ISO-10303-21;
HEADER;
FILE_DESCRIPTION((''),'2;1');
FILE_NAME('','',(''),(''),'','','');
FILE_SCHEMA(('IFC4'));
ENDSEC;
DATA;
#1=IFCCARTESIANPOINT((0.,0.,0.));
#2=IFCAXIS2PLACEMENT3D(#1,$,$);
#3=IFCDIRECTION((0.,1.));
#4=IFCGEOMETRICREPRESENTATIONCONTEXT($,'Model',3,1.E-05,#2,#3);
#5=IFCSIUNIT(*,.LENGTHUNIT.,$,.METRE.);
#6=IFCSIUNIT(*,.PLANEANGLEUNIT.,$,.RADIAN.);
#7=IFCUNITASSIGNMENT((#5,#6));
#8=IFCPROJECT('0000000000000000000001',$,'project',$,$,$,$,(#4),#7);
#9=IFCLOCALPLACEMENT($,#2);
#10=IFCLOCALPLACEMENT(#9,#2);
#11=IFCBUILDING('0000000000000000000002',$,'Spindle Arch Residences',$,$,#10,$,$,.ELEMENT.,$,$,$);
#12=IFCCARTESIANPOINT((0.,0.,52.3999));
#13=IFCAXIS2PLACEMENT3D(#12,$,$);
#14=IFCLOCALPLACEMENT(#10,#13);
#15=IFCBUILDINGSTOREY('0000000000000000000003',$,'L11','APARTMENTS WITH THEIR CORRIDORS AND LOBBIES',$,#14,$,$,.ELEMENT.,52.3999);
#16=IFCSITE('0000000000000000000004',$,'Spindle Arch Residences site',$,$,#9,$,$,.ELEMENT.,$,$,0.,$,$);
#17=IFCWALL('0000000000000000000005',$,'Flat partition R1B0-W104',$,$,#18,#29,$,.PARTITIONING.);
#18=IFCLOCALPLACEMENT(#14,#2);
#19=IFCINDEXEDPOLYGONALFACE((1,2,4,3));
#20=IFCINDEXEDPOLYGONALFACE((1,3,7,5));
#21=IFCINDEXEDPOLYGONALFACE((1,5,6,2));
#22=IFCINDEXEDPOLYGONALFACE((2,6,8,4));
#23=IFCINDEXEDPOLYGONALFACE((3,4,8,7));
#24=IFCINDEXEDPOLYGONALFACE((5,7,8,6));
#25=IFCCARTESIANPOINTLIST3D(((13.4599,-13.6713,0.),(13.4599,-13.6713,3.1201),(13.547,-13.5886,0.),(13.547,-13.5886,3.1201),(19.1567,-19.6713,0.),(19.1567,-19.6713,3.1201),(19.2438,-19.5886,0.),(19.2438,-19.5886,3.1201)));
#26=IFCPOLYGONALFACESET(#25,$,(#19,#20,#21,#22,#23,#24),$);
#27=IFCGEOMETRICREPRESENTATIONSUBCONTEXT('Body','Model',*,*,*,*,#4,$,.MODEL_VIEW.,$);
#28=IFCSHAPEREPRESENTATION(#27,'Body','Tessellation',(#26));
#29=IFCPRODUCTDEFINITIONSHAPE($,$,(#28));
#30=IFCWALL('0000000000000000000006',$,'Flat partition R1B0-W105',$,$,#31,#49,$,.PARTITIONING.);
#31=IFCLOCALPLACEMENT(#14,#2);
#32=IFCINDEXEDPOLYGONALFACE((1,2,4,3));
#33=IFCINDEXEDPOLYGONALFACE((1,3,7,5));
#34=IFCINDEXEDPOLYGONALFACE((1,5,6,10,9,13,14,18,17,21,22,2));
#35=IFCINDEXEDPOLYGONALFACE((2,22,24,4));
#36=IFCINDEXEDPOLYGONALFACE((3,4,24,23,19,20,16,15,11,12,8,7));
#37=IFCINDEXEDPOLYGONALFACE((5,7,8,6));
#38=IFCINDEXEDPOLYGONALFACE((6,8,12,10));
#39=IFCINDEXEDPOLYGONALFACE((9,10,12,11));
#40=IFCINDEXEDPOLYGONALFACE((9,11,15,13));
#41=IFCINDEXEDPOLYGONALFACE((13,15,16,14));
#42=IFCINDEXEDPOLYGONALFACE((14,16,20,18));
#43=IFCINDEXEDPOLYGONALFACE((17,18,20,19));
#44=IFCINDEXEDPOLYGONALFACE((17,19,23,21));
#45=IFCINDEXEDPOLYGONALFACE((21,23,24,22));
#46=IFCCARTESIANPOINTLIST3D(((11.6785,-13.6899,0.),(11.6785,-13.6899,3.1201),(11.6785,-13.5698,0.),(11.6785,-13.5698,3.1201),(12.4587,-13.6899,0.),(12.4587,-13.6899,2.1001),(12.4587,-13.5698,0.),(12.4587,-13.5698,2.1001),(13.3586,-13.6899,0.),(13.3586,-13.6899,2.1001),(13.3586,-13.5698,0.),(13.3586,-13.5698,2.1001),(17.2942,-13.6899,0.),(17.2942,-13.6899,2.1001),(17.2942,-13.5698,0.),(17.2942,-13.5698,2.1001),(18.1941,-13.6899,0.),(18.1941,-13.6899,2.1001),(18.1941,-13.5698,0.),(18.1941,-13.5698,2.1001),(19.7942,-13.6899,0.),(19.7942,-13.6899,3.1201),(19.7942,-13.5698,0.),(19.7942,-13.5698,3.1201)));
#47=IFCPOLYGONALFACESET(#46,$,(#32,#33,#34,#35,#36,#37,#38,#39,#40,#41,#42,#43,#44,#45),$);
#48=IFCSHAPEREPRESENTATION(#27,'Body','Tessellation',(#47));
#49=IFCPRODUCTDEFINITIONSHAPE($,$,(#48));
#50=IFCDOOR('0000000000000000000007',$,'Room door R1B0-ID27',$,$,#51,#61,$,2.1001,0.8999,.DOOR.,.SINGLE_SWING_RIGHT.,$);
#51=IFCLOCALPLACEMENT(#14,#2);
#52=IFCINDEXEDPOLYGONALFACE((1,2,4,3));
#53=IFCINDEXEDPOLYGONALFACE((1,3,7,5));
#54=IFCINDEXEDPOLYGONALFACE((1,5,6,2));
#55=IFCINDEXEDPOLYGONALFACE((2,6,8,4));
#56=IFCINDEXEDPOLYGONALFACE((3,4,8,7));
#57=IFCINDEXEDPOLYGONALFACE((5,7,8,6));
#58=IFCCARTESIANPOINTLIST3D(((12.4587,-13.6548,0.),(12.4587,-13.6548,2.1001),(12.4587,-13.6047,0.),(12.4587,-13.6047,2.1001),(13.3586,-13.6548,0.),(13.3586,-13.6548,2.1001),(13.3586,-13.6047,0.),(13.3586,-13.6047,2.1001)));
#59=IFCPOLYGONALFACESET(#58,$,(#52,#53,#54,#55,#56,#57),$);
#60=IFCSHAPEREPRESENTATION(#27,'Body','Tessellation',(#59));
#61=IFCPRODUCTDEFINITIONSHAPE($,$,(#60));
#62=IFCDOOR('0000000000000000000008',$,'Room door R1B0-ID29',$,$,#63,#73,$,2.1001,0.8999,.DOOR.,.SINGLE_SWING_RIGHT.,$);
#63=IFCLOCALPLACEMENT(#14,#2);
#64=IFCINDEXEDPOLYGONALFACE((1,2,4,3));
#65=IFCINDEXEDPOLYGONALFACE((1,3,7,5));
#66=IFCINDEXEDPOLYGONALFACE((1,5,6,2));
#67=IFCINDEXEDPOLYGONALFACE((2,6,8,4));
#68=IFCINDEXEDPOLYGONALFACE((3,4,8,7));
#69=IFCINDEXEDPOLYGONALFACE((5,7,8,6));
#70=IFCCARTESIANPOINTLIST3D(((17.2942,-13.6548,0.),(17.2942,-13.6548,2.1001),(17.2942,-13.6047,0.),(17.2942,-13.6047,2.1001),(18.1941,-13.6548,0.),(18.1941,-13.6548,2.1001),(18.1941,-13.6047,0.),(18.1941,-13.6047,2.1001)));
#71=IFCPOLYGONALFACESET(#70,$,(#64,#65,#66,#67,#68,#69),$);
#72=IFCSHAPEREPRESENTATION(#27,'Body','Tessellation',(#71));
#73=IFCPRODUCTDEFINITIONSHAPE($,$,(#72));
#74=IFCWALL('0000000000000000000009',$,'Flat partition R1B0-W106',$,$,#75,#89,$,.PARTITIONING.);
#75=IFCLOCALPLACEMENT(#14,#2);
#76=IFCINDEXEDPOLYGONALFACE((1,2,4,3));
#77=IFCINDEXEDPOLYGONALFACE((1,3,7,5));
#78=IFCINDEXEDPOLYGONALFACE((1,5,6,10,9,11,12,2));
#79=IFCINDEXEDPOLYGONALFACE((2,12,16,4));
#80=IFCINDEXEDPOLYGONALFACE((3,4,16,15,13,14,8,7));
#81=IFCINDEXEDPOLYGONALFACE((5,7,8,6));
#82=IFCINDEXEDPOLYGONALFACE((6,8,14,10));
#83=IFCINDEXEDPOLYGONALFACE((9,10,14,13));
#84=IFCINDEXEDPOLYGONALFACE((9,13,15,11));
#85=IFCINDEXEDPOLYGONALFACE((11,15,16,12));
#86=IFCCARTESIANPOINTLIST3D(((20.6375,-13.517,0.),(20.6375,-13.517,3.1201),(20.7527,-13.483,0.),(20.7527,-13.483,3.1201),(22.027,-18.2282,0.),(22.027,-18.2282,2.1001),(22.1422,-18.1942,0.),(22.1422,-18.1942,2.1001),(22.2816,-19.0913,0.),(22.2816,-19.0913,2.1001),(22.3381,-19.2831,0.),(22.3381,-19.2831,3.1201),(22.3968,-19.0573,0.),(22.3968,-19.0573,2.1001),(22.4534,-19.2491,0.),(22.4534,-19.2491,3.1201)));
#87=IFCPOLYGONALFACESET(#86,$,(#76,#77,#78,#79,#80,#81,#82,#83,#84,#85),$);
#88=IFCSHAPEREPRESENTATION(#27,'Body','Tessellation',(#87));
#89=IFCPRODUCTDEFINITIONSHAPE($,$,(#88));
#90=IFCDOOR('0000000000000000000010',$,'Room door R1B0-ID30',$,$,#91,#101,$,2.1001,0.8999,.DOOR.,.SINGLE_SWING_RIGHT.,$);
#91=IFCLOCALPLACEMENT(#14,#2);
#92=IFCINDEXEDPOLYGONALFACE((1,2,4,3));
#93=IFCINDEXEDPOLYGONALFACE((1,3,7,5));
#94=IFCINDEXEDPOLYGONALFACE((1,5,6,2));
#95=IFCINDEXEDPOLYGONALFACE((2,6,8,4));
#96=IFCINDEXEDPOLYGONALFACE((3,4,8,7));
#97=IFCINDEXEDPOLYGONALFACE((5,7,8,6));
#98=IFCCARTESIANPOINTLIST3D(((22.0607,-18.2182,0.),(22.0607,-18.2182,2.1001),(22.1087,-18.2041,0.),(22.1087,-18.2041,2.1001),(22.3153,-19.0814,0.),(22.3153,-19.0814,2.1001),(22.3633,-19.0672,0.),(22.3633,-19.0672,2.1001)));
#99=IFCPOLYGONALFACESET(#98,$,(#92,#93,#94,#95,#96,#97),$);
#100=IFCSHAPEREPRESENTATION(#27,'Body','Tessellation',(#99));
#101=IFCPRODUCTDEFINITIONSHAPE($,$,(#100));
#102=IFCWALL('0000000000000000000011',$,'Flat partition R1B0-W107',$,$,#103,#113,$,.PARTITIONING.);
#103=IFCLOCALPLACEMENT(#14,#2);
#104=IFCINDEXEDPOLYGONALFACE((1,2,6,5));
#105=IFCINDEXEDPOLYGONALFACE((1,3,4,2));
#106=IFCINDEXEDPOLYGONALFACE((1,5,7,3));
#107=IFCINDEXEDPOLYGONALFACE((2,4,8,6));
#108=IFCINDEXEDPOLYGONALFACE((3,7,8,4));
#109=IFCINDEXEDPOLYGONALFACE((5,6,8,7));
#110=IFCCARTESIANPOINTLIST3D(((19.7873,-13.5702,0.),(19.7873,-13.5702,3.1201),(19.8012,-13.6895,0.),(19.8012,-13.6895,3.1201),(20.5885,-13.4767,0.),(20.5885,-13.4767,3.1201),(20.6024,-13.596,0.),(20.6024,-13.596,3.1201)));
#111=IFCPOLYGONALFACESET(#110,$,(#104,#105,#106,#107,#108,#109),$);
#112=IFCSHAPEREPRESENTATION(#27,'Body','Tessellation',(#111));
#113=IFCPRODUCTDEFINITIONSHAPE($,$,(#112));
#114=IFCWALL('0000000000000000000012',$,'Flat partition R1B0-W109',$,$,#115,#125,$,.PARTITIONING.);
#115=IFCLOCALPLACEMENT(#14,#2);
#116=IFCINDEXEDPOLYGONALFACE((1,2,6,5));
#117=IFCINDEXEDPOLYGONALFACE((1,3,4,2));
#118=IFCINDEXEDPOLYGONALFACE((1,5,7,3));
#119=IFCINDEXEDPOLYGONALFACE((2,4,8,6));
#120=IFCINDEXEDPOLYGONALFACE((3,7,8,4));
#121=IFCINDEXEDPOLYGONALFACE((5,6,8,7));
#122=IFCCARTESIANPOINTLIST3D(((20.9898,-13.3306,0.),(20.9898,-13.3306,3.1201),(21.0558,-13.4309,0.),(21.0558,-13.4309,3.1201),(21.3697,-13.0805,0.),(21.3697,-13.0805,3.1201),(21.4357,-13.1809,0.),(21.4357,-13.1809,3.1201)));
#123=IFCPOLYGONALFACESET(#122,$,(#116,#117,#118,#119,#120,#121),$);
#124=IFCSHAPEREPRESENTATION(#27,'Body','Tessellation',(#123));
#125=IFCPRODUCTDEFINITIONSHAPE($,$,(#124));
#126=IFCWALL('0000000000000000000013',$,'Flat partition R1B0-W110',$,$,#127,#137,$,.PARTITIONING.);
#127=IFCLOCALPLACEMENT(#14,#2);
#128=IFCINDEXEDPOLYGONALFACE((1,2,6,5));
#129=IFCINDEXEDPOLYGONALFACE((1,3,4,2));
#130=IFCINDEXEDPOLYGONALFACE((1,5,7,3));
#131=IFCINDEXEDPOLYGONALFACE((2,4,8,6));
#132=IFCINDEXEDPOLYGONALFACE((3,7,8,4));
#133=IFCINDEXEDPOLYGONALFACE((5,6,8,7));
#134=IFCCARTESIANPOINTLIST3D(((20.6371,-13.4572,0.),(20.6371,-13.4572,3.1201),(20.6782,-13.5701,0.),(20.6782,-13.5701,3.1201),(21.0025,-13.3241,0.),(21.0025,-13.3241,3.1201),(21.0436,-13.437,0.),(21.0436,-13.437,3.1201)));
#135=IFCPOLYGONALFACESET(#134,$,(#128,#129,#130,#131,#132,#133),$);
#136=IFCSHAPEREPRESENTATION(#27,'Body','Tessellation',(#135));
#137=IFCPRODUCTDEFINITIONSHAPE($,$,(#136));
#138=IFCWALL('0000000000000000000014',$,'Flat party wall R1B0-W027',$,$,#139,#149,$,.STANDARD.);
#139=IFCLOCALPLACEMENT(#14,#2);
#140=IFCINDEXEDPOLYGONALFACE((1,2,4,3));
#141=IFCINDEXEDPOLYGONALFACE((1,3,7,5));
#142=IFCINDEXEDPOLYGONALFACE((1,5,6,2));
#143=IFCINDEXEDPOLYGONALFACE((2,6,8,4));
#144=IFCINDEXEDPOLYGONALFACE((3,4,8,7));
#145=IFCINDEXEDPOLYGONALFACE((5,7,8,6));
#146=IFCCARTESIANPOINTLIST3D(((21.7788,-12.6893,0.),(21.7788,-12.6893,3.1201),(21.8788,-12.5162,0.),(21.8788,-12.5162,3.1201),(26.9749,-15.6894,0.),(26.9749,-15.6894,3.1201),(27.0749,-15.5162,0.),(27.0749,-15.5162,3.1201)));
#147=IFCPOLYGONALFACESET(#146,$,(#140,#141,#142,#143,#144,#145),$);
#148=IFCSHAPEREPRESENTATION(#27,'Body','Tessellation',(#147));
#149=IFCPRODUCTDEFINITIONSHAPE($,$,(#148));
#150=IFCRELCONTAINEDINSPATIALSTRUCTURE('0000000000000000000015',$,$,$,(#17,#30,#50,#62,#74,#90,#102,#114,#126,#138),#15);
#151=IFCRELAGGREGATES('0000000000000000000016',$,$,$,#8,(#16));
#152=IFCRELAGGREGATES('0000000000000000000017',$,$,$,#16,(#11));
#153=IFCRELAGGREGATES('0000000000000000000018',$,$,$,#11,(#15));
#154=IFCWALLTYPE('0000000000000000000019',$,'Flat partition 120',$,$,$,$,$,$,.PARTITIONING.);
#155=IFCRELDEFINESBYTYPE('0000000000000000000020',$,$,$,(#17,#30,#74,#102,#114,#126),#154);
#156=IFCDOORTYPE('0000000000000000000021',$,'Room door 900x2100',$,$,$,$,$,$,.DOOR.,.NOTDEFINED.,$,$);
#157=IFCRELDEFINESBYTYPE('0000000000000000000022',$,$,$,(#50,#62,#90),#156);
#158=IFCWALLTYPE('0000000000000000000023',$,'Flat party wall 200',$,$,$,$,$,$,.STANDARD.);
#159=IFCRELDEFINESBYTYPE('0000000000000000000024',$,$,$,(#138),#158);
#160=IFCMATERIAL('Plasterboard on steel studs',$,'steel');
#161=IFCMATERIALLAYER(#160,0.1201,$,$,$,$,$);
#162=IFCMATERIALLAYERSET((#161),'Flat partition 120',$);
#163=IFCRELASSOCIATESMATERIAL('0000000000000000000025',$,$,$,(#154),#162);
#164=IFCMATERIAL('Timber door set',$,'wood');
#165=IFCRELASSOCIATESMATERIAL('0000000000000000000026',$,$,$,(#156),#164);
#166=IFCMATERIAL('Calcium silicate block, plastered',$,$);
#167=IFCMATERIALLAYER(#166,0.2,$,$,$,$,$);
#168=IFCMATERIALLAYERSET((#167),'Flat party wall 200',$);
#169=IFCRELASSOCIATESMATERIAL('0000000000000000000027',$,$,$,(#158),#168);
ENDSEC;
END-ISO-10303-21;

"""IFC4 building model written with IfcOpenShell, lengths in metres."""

from ifc_helpers import new_model, si_unit, direction, frame, frame_2d, origin, place, context, subcontext, project, spatial, rectangle, extrude, material, layer, layer_set, type_object, element, fill, save


model = new_model("IFC4")

# Units and contexts
model_context = context("Model", 3, precision=1e-05, world=origin(), true_north=direction((0.0, 1.0)))
body_context = subcontext(model_context, "Body", "Model", "MODEL_VIEW")
ifc_project = project(units=[si_unit("LENGTHUNIT", "METRE"), si_unit("PLANEANGLEUNIT", "RADIAN")], contexts=[model_context])

# Site, building, storey
site_placement = place(None, origin())
site = spatial("IfcSite", under=ifc_project, at=site_placement, Name="Spindle Arch Residences site", CompositionType="ELEMENT", RefElevation=0.0)
building_placement = place(site_placement, origin())
building = spatial("IfcBuilding", under=site, at=building_placement, Name="Spindle Arch Residences", CompositionType="ELEMENT")
storey_placement = place(building_placement, frame((0.0, 0.0, 52.3999)))
storey = spatial("IfcBuildingStorey", under=building, at=storey_placement, Name="L11", Description="APARTMENTS WITH THEIR CORRIDORS AND LOBBIES", CompositionType="ELEMENT", Elevation=52.3999)

# Wall
ifc_material_1 = material(Name="Plasterboard on steel studs", Category="steel")
ifc_layer_1 = layer(ifc_material_1, 0.1201)
ifc_layer_set_1 = layer_set([ifc_layer_1], Name="Flat partition 120")
wall_type_1 = type_object("IfcWallType", Name="Flat partition 120", PredefinedType="PARTITIONING", material=ifc_layer_set_1)
wall_1_placement = place(storey_placement, frame((19.2002, -19.6299, 0.0), z_axis=(0.0, 0.0, 1.0), x_axis=(-0.688545, 0.725194, 0.0)))
element("IfcWall", 1, at=wall_1_placement, inside=storey, type_object=wall_type_1, Name="Flat partition R1B0-W104", PredefinedType="PARTITIONING", context=body_context, shape_type="SweptSolid", body=[
    extrude(rectangle(XDim=8.2737, YDim=0.1201, at=frame_2d((4.1367, 0.0))), origin(), (0.0, 0.0, 1.0), 3.1201),
])

# Wall, openings, doors
wall_2_placement = place(storey_placement, frame((19.7942, -13.6299, 0.0), z_axis=(0.0, 0.0, 1.0), x_axis=(-1.0, 0.0, 0.0)))
wall_2 = element("IfcWall", 2, at=wall_2_placement, inside=storey, type_object=wall_type_1, Name="Flat partition R1B0-W105", PredefinedType="PARTITIONING", context=body_context, shape_type="SweptSolid", body=[
    extrude(rectangle(XDim=8.1157, YDim=0.1201, at=frame_2d((4.0579, 0.0))), origin(), (0.0, 0.0, 1.0), 3.1201),
])
opening_1_placement = place(wall_2_placement, frame((6.4355, 0.0, 0.0)))
opening_1 = element("IfcOpeningElement", 3, at=opening_1_placement, cuts=wall_2, PredefinedType="OPENING", context=body_context, shape_type="SweptSolid", body=[
    extrude(rectangle(XDim=0.8999, YDim=2.1001, at=frame_2d((0.45, 1.05))), frame((0.0, 0.0701, 0.0), z_axis=(0.0, -1.0, 0.0), x_axis=(1.0, 0.0, 0.0)), (0.0, 0.0, 1.0), 0.1401),
])
opening_2_placement = place(wall_2_placement, frame((1.6001, 0.0, 0.0)))
opening_2 = element("IfcOpeningElement", 4, at=opening_2_placement, cuts=wall_2, PredefinedType="OPENING", context=body_context, shape_type="SweptSolid", body=[
    extrude(rectangle(XDim=0.8999, YDim=2.1001, at=frame_2d((0.45, 1.05))), frame((0.0, 0.0701, 0.0), z_axis=(0.0, -1.0, 0.0), x_axis=(1.0, 0.0, 0.0)), (0.0, 0.0, 1.0), 0.1401),
])
ifc_material_2 = material(Name="Timber door set", Category="wood")
door_type = type_object("IfcDoorType", Name="Room door 900x2100", OperationType="NOTDEFINED", PredefinedType="DOOR", material=ifc_material_2)
door_1_placement = place(opening_1_placement, origin())
door_1 = element("IfcDoor", 5, at=door_1_placement, inside=storey, type_object=door_type, Name="Room door R1B0-ID27", OperationType="SINGLE_SWING_RIGHT", OverallHeight=2.1001, OverallWidth=0.8999, PredefinedType="DOOR", context=body_context, shape_type="SweptSolid", body=[
    extrude(rectangle(XDim=0.8999, YDim=2.1001, at=frame_2d((0.45, 1.05))), frame((0.0, 0.0249, 0.0), z_axis=(0.0, -1.0, 0.0), x_axis=(1.0, 0.0, 0.0)), (0.0, 0.0, 1.0), 0.05),
])
fill(opening_1, door_1)
door_2_placement = place(opening_2_placement, origin())
door_2 = element("IfcDoor", 6, at=door_2_placement, inside=storey, type_object=door_type, Name="Room door R1B0-ID29", OperationType="SINGLE_SWING_RIGHT", OverallHeight=2.1001, OverallWidth=0.8999, PredefinedType="DOOR", context=body_context, shape_type="SweptSolid", body=[
    extrude(rectangle(XDim=0.8999, YDim=2.1001, at=frame_2d((0.45, 1.05))), frame((0.0, 0.0249, 0.0), z_axis=(0.0, -1.0, 0.0), x_axis=(1.0, 0.0, 0.0)), (0.0, 0.0, 1.0), 0.05),
])
fill(opening_2, door_2)

# Wall, opening, door
wall_3_placement = place(storey_placement, frame((22.3958, -19.2661, 0.0), z_axis=(0.0, 0.0, 1.0), x_axis=(-0.282896, 0.959151, 0.0)))
wall_3 = element("IfcWall", 7, at=wall_3_placement, inside=storey, type_object=wall_type_1, Name="Flat partition R1B0-W106", PredefinedType="PARTITIONING", context=body_context, shape_type="SweptSolid", body=[
    extrude(rectangle(XDim=6.0117, YDim=0.1201, at=frame_2d((3.0059, 0.0))), origin(), (0.0, 0.0, 1.0), 3.1201),
])
opening_3_placement = place(wall_3_placement, frame((0.2, 0.0, 0.0)))
opening_3 = element("IfcOpeningElement", 8, at=opening_3_placement, cuts=wall_3, PredefinedType="OPENING", context=body_context, shape_type="SweptSolid", body=[
    extrude(rectangle(XDim=0.8999, YDim=2.1001, at=frame_2d((0.45, 1.05))), frame((0.0, 0.0701, 0.0), z_axis=(0.0, -1.0, 0.0), x_axis=(1.0, 0.0, 0.0)), (0.0, 0.0, 1.0), 0.1401),
])
door_3_placement = place(opening_3_placement, origin())
door_3 = element("IfcDoor", 9, at=door_3_placement, inside=storey, type_object=door_type, Name="Room door R1B0-ID30", OperationType="SINGLE_SWING_RIGHT", OverallHeight=2.1001, OverallWidth=0.8999, PredefinedType="DOOR", context=body_context, shape_type="SweptSolid", body=[
    extrude(rectangle(XDim=0.8999, YDim=2.1001, at=frame_2d((0.45, 1.05))), frame((0.0, 0.0249, 0.0), z_axis=(0.0, -1.0, 0.0), x_axis=(1.0, 0.0, 0.0)), (0.0, 0.0, 1.0), 0.05),
])
fill(opening_3, door_3)

# Walls
wall_4_placement = place(storey_placement, frame((20.5955, -13.5364, 0.0), z_axis=(0.0, 0.0, 1.0), x_axis=(-0.99326, -0.115911, 0.0)))
element("IfcWall", 10, at=wall_4_placement, inside=storey, type_object=wall_type_1, Name="Flat partition R1B0-W107", PredefinedType="PARTITIONING", context=body_context, shape_type="SweptSolid", body=[
    extrude(rectangle(XDim=0.8066, YDim=0.1201, at=frame_2d((0.4033, 0.0))), origin(), (0.0, 0.0, 1.0), 3.1201),
])
wall_5_placement = place(storey_placement, frame((21.4028, -13.1306, 0.0), z_axis=(0.0, 0.0, 1.0), x_axis=(-0.835339, -0.549735, 0.0)))
element("IfcWall", 11, at=wall_5_placement, inside=storey, type_object=wall_type_1, Name="Flat partition R1B0-W109", PredefinedType="PARTITIONING", context=body_context, shape_type="SweptSolid", body=[
    extrude(rectangle(XDim=0.4548, YDim=0.1201, at=frame_2d((0.2275, 0.0))), origin(), (0.0, 0.0, 1.0), 3.1201),
])
wall_6_placement = place(storey_placement, frame((21.0229, -13.3806, 0.0), z_axis=(0.0, 0.0, 1.0), x_axis=(-0.939665, -0.342096, 0.0)))
element("IfcWall", 12, at=wall_6_placement, inside=storey, type_object=wall_type_1, Name="Flat partition R1B0-W110", PredefinedType="PARTITIONING", context=body_context, shape_type="SweptSolid", body=[
    extrude(rectangle(XDim=0.3889, YDim=0.1201, at=frame_2d((0.1943, 0.0))), origin(), (0.0, 0.0, 1.0), 3.1201),
])
ifc_material_3 = material(Name="Calcium silicate block, plastered")
ifc_layer_2 = layer(ifc_material_3, 0.2)
ifc_layer_set_2 = layer_set([ifc_layer_2], Name="Flat party wall 200")
wall_type_2 = type_object("IfcWallType", Name="Flat party wall 200", PredefinedType="STANDARD", material=ifc_layer_set_2)
wall_7_placement = place(storey_placement, frame((27.0249, -15.6028, 0.0), z_axis=(0.0, 0.0, 1.0), x_axis=(-0.866021, 0.500008, 0.0)))
element("IfcWall", 13, at=wall_7_placement, inside=storey, type_object=wall_type_2, Name="Flat party wall R1B0-W027", PredefinedType="STANDARD", context=body_context, shape_type="SweptSolid", body=[
    extrude(rectangle(XDim=6.0, YDim=0.2, at=frame_2d((3.0, 0.0))), origin(), (0.0, 0.0, 1.0), 3.1201),
])

save(model, "model.ifc")
